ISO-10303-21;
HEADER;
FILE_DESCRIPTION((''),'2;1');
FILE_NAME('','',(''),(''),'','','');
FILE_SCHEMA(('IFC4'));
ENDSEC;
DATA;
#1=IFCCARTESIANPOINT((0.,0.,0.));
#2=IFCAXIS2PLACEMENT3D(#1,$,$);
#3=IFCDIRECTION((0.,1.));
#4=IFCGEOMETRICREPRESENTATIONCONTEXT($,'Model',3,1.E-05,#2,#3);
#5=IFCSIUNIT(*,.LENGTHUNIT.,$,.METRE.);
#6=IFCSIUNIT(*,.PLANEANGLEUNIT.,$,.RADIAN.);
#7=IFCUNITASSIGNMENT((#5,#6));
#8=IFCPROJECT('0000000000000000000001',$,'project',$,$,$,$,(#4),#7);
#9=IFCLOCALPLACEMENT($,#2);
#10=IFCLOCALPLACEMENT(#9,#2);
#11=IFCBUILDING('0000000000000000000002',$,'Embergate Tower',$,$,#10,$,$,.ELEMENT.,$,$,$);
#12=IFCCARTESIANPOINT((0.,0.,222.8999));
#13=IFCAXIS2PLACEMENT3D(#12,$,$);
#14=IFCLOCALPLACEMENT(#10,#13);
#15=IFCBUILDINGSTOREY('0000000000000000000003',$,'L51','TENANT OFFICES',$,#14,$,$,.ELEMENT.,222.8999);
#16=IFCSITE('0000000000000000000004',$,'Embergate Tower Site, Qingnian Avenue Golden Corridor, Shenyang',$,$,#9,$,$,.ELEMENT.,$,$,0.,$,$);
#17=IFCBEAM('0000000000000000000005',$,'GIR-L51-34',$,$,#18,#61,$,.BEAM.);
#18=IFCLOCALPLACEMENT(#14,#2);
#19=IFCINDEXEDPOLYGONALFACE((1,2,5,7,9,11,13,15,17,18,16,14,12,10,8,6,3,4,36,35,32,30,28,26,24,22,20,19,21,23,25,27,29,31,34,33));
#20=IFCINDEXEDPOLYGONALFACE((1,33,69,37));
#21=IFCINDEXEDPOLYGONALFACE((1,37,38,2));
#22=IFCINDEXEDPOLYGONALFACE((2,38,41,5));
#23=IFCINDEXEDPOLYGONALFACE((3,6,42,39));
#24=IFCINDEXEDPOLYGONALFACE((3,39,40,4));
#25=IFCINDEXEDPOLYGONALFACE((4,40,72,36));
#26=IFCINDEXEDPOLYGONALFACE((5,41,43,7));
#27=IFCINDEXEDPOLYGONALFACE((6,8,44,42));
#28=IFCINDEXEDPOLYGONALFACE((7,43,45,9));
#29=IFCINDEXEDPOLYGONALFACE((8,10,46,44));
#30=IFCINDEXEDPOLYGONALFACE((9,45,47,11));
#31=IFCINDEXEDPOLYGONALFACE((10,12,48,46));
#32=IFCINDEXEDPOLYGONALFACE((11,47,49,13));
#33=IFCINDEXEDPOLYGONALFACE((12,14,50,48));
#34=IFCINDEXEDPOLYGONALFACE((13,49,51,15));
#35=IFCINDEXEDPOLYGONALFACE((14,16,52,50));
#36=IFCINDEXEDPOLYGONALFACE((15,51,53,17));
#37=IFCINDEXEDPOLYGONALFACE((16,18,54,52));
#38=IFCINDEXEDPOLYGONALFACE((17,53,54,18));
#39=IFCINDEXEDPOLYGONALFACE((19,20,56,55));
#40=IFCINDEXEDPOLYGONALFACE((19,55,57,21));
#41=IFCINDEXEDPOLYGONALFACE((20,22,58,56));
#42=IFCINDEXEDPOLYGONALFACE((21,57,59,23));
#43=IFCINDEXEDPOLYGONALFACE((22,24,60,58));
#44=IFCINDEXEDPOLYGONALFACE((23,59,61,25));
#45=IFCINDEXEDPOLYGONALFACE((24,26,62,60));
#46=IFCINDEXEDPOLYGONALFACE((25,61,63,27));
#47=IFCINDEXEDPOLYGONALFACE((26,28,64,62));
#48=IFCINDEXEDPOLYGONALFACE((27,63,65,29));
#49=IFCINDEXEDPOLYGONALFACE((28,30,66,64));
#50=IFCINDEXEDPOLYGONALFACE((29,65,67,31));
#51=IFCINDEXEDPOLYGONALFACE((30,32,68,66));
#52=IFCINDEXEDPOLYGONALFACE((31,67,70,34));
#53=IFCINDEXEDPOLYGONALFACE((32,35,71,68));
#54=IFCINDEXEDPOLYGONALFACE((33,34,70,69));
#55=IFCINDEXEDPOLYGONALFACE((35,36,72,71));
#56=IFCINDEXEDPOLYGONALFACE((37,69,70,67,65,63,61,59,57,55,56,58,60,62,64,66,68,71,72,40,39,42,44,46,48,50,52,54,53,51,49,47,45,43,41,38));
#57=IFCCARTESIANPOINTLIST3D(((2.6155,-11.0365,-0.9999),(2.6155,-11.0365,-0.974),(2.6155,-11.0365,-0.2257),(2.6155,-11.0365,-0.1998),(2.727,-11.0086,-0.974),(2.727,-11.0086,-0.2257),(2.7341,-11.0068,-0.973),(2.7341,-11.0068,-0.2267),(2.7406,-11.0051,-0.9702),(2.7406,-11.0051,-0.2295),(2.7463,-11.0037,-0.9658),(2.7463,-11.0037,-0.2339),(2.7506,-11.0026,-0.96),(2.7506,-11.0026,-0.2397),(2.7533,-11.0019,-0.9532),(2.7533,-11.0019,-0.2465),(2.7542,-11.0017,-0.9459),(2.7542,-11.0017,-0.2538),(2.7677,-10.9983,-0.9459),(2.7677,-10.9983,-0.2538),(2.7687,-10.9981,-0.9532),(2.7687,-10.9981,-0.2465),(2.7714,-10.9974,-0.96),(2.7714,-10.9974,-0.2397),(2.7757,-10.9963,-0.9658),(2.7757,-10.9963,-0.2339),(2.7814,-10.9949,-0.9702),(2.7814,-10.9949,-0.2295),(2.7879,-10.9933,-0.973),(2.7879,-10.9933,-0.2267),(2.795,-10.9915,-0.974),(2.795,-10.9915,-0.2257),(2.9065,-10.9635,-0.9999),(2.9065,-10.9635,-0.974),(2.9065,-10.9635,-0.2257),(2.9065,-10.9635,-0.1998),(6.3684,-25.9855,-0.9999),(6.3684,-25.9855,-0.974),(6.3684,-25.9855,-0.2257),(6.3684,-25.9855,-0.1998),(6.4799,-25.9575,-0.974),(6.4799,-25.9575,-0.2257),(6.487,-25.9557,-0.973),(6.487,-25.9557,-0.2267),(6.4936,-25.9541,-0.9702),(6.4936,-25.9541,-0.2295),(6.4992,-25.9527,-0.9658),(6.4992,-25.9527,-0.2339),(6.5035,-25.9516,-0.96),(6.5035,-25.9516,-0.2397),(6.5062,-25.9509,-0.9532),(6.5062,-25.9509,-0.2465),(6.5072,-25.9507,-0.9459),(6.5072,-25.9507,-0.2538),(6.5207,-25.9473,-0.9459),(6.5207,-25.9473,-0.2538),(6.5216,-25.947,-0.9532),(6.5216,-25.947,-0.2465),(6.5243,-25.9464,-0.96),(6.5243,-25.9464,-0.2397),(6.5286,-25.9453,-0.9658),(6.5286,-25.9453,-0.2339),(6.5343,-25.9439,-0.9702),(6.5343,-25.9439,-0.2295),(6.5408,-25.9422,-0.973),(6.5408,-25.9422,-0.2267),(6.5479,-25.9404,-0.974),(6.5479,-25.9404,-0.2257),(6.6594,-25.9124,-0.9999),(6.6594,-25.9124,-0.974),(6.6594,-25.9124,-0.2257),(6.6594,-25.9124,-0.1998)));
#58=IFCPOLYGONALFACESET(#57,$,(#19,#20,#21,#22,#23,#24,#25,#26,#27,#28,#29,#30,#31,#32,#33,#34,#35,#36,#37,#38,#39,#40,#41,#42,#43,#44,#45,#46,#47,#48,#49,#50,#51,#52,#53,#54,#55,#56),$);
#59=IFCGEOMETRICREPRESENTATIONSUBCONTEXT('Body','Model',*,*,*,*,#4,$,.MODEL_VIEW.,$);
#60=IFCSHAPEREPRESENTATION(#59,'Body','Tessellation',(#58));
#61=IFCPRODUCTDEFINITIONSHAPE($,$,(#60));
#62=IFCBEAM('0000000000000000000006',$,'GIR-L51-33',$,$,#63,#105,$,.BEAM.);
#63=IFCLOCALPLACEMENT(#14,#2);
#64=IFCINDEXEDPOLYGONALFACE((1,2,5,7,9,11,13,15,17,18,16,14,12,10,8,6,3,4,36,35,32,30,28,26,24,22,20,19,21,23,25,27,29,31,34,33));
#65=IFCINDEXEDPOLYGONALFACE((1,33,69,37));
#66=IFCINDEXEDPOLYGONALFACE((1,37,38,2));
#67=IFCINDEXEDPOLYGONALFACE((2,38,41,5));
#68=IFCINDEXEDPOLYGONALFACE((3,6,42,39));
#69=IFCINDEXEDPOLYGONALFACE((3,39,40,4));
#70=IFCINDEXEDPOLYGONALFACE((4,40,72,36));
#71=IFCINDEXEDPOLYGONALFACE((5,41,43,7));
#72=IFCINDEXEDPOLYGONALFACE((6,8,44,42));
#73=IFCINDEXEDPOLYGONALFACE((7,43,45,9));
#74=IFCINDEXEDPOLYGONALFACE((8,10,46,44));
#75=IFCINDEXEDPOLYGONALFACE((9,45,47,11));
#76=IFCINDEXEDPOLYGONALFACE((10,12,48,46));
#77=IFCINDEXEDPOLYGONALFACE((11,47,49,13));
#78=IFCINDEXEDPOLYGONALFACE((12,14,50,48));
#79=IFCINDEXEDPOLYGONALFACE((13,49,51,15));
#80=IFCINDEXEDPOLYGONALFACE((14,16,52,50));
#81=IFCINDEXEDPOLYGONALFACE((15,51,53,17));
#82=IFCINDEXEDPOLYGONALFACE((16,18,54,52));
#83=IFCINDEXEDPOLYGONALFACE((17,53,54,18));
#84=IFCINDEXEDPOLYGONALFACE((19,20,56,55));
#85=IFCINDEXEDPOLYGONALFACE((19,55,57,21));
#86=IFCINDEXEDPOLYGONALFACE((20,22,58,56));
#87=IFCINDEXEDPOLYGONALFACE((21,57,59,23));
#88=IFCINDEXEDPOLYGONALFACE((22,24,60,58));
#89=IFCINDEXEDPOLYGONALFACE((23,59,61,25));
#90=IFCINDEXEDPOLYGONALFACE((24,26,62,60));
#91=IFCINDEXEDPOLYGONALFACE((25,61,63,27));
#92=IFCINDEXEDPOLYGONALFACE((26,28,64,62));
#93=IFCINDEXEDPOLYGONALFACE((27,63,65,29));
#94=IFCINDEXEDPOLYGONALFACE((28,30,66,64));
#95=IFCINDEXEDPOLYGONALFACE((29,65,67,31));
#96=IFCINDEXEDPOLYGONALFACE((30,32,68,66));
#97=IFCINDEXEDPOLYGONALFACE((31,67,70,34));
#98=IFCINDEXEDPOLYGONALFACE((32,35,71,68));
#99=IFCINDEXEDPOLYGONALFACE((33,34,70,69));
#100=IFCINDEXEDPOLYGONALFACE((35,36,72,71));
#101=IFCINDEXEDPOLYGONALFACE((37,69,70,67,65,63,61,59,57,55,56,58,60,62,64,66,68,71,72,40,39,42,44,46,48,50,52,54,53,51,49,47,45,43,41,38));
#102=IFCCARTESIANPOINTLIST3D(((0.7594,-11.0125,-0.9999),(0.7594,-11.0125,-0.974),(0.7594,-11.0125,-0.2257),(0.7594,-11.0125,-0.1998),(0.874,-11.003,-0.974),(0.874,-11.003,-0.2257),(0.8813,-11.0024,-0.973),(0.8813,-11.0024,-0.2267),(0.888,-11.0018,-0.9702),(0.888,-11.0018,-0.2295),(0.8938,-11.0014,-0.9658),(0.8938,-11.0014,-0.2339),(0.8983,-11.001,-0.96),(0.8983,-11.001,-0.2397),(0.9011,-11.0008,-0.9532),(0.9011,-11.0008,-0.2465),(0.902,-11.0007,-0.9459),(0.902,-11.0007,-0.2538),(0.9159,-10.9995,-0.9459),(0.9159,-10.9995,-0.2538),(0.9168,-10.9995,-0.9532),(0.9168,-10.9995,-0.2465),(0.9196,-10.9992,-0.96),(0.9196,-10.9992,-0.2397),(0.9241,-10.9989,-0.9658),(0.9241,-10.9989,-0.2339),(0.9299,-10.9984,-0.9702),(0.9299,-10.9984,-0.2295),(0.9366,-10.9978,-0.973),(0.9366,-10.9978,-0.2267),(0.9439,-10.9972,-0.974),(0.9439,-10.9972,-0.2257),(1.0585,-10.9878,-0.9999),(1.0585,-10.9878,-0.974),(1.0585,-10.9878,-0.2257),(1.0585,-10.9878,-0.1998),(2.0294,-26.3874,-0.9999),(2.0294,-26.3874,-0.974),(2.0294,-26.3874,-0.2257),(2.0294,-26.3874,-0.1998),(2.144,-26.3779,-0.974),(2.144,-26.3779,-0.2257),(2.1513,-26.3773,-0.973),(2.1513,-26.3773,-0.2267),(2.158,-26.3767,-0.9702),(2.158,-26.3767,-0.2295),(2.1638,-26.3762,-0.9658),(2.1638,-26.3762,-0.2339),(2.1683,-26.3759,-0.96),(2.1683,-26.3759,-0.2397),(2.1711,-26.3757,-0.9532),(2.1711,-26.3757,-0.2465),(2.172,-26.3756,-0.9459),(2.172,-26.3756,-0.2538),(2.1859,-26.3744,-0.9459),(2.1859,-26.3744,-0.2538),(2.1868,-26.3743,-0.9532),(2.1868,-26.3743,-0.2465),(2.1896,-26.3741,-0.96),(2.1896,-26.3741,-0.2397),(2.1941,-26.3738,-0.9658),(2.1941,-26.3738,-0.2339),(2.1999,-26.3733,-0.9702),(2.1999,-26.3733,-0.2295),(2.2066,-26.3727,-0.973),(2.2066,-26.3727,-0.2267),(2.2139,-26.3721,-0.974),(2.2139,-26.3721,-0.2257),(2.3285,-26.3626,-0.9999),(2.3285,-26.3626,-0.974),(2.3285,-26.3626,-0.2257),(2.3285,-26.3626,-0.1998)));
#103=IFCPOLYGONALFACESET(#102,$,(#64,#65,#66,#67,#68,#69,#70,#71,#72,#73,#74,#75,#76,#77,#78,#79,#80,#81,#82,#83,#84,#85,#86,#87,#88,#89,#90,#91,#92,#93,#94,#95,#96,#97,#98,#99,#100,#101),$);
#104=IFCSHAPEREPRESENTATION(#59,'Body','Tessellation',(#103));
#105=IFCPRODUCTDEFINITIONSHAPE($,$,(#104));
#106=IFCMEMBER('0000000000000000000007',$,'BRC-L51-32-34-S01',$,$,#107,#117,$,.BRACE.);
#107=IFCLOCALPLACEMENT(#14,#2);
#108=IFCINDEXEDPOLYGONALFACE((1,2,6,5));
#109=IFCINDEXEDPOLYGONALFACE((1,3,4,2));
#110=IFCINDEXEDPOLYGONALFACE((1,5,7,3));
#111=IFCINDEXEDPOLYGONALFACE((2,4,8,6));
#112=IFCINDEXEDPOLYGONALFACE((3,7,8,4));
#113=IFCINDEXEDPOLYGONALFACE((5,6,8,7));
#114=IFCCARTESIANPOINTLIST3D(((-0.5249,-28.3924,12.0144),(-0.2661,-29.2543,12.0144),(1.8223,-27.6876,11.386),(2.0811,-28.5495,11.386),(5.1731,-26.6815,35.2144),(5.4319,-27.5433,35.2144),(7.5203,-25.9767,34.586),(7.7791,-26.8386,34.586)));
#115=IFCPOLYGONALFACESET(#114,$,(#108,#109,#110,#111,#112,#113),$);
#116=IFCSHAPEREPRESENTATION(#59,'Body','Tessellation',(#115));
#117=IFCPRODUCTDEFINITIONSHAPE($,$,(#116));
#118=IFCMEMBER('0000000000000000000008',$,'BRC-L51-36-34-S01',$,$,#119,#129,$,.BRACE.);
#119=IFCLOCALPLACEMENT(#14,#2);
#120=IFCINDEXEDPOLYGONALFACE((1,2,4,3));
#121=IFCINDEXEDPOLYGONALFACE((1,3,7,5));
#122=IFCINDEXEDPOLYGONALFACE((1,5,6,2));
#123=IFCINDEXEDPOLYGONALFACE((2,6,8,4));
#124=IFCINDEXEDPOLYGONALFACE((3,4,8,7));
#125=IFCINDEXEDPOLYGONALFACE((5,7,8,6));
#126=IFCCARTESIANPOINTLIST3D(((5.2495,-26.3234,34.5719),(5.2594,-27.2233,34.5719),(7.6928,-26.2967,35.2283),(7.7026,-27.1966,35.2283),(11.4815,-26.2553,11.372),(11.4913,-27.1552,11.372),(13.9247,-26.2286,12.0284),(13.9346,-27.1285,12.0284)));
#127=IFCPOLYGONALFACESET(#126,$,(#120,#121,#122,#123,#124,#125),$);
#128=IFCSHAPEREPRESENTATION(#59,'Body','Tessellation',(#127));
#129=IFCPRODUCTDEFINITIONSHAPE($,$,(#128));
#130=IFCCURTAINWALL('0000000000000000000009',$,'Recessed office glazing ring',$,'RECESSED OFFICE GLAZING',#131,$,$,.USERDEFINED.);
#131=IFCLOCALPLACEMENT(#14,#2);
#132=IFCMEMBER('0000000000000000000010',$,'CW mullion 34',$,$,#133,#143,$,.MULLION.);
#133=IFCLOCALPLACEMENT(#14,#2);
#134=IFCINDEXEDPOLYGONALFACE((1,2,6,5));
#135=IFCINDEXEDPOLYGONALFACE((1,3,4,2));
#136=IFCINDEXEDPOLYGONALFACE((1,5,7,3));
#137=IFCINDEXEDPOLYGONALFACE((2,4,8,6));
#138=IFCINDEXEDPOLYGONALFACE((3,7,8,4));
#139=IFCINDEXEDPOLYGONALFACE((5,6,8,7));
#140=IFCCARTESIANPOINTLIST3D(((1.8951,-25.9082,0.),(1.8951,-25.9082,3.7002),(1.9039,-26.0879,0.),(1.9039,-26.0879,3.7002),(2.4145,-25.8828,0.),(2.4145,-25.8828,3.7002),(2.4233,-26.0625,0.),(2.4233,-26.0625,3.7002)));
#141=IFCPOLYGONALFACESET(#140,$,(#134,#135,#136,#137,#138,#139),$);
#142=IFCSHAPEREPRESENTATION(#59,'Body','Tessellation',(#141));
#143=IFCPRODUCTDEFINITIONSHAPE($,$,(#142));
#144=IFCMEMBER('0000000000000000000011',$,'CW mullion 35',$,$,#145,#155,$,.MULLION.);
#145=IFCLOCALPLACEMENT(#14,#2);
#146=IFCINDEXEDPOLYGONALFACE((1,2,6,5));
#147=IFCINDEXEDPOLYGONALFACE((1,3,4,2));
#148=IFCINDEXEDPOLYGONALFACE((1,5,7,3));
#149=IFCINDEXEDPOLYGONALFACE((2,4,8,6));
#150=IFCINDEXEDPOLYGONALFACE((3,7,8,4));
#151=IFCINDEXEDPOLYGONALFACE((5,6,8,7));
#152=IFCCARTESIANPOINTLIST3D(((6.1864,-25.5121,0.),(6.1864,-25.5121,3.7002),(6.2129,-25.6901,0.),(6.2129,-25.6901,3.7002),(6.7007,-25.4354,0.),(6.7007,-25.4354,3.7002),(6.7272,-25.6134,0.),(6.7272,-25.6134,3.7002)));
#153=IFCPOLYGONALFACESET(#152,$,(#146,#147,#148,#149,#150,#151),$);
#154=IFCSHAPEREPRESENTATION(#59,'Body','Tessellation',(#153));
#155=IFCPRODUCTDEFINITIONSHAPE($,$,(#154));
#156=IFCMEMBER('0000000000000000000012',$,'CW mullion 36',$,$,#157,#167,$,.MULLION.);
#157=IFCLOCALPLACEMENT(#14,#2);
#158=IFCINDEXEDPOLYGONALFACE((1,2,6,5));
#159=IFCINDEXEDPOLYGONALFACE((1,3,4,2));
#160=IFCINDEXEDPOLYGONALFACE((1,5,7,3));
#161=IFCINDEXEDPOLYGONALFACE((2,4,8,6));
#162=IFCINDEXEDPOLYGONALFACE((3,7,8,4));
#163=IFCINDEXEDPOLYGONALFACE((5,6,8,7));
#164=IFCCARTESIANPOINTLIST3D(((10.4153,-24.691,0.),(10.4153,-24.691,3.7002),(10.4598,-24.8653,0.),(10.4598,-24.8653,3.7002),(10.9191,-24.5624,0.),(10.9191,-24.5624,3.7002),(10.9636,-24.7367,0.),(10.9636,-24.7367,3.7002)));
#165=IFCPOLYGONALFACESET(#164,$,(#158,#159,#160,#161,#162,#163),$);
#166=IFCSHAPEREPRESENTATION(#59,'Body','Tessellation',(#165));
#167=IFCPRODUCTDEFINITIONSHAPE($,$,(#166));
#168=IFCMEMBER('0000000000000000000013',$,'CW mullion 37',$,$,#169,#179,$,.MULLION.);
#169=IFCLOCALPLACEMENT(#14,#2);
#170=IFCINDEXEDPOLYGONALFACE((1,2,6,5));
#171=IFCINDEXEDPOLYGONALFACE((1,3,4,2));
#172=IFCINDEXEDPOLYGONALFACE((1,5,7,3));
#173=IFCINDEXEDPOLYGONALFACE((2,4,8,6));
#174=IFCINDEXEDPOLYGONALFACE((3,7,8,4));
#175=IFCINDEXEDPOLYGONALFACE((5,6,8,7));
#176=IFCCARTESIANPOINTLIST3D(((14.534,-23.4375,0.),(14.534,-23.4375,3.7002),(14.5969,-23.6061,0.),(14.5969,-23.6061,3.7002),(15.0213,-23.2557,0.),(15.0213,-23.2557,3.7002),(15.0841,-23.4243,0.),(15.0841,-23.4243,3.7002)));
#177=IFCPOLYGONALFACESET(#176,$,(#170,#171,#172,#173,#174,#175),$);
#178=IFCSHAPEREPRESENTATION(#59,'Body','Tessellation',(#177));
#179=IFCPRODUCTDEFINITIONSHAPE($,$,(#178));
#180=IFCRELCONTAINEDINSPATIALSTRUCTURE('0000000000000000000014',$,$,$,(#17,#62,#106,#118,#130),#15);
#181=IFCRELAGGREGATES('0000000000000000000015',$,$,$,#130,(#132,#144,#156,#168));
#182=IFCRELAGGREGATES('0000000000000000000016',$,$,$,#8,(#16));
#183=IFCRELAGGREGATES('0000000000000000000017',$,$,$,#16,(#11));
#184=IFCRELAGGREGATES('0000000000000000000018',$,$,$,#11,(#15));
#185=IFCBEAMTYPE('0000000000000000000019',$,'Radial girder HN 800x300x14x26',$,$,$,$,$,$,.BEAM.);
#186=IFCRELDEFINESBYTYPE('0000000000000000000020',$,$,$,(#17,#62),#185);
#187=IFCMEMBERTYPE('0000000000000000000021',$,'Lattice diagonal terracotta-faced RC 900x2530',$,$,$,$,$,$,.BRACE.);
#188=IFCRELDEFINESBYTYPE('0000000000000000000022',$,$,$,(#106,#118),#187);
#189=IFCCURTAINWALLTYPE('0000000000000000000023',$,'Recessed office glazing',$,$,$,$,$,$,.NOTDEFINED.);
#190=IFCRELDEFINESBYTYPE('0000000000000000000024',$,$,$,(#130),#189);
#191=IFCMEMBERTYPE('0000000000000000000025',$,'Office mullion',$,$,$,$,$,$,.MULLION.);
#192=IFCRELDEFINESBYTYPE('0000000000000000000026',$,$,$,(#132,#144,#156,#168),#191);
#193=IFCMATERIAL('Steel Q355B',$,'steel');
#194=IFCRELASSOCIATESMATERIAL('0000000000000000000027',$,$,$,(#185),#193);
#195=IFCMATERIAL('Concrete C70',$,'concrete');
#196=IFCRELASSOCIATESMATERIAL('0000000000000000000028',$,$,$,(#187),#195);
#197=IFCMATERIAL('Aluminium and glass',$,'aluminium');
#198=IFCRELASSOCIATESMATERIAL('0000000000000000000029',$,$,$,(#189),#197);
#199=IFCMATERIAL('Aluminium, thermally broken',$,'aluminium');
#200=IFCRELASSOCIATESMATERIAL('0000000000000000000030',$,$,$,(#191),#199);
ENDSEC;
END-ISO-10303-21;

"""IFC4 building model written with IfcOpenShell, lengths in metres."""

from ifc_helpers import new_model, si_unit, direction, frame, origin, origin_2d, place, context, subcontext, project, spatial, rectangle, i_section, extrude, source, transform, mapped, material, material_profile, profile_set, type_object, element, aggregate, save


model = new_model("IFC4")

# Units and contexts
model_context = context("Model", 3, precision=1e-05, world=origin(), true_north=direction((0.0, 1.0)))
body_context = subcontext(model_context, "Body", "Model", "MODEL_VIEW")
ifc_project = project(units=[si_unit("LENGTHUNIT", "METRE"), si_unit("PLANEANGLEUNIT", "RADIAN")], contexts=[model_context])

# Site, building, storey
site_placement = place(None, origin())
site = spatial("IfcSite", under=ifc_project, at=site_placement, Name="Embergate Tower Site, Qingnian Avenue Golden Corridor, Shenyang", CompositionType="ELEMENT", RefElevation=0.0)
building_placement = place(site_placement, origin())
building = spatial("IfcBuilding", under=site, at=building_placement, Name="Embergate Tower", CompositionType="ELEMENT")
storey_placement = place(building_placement, frame((0.0, 0.0, 222.8999)))
storey = spatial("IfcBuildingStorey", under=building, at=storey_placement, Name="L51", Description="TENANT OFFICES", CompositionType="ELEMENT", Elevation=222.8999)

# Beams
ifc_material_1 = material(Name="Steel Q355B", Category="steel")
ifc_material_profile_1 = material_profile(ifc_material_1, i_section(OverallWidth=0.3, OverallDepth=0.8, WebThickness=0.0139, FlangeThickness=0.0259, FilletRadius=0.0281, at=origin_2d()), Name="HN 800x300x14x26")
ifc_profile_set_1 = profile_set([ifc_material_profile_1], Name="Steel Q355 grade B")
beam_type_1 = type_object("IfcBeamType", Name="Radial girder HN 800x300x14x26", PredefinedType="BEAM", material=ifc_profile_set_1)
shared_shape_1 = source(origin(), body_context, "Body", "SweptSolid", [
    extrude(i_section(OverallWidth=0.3, OverallDepth=0.8, WebThickness=0.0139, FlangeThickness=0.0259, FilletRadius=0.0281, at=origin_2d()), origin(), (0.0, 0.0, 1.0), 15.4128),
])
beam_1_placement = place(storey_placement, frame((6.5139, -25.949, -0.5999), z_axis=(-0.243493, 0.969903, 0.0), x_axis=(-0.969903, -0.243493, 0.0)))
element("IfcBeam", 1, at=beam_1_placement, inside=storey, type_object=beam_type_1, Name="GIR-L51-34", PredefinedType="BEAM", context=body_context, shape_type="MappedRepresentation", body=[
    mapped(shared_shape_1, transform((0.0, 0.0, 0.0))),
])
shared_shape_2 = source(origin(), body_context, "Body", "SweptSolid", [
    extrude(i_section(OverallWidth=0.3, OverallDepth=0.8, WebThickness=0.0139, FlangeThickness=0.0259, FilletRadius=0.0281, at=origin_2d()), origin(), (0.0, 0.0, 1.0), 15.4272),
])
beam_2_placement = place(storey_placement, frame((2.179, -26.375, -0.5999), z_axis=(-0.082323, 0.996606, 0.0), x_axis=(-0.996606, -0.082323, 0.0)))
element("IfcBeam", 2, at=beam_2_placement, inside=storey, type_object=beam_type_1, Name="GIR-L51-33", PredefinedType="BEAM", context=body_context, shape_type="MappedRepresentation", body=[
    mapped(shared_shape_2, transform((0.0, 0.0, 0.0))),
])

# Members
ifc_material_2 = material(Name="Concrete C70", Category="concrete")
ifc_material_profile_2 = material_profile(ifc_material_2, rectangle(XDim=0.8999, YDim=2.53, at=origin_2d()), Name="RC 900x2530")
ifc_profile_set_2 = profile_set([ifc_material_profile_2], Name="Concrete C70")
member_type_1 = type_object("IfcMemberType", Name="Lattice diagonal terracotta-faced RC 900x2530", PredefinedType="BRACE", material=ifc_profile_set_2)
shared_shape_3 = source(origin(), body_context, "Body", "SweptSolid", [
    extrude(rectangle(XDim=0.8999, YDim=2.53, at=origin_2d()), origin(), (0.0, 0.0, 1.0), 23.9507),
])
member_1_placement = place(storey_placement, frame((0.7781, -28.4709, 11.7002), z_axis=(0.237906, 0.071436, 0.968658), x_axis=(-0.287585, 0.957755, 0.0)))
element("IfcMember", 3, at=member_1_placement, inside=storey, type_object=member_type_1, Name="BRC-L51-32-34-S01", PredefinedType="BRACE", context=body_context, shape_type="MappedRepresentation", body=[
    mapped(shared_shape_3, transform((0.0, 0.0, 0.0))),
])
shared_shape_4 = source(origin(), body_context, "Body", "SweptSolid", [
    extrude(rectangle(XDim=0.8999, YDim=2.53, at=origin_2d()), origin(), (0.0, 0.0, 1.0), 24.0225),
])
member_2_placement = place(storey_placement, frame((12.708, -26.6919, 11.7002), z_axis=(-0.259421, -0.002835, 0.96576), x_axis=(0.010929, -0.99994, 0.0)))
element("IfcMember", 4, at=member_2_placement, inside=storey, type_object=member_type_1, Name="BRC-L51-36-34-S01", PredefinedType="BRACE", context=body_context, shape_type="MappedRepresentation", body=[
    mapped(shared_shape_4, transform((0.0, 0.0, 0.0))),
])

# Curtain wall, members
ifc_material_3 = material(Name="Aluminium and glass", Category="aluminium")
curtain_wall_type = type_object("IfcCurtainWallType", Name="Recessed office glazing", PredefinedType="NOTDEFINED", material=ifc_material_3)
curtain_wall_placement = place(storey_placement, origin())
curtain_wall = element("IfcCurtainWall", 5, at=curtain_wall_placement, inside=storey, type_object=curtain_wall_type, Name="Recessed office glazing ring", ObjectType="RECESSED OFFICE GLAZING", PredefinedType="USERDEFINED")
ifc_material_4 = material(Name="Aluminium, thermally broken", Category="aluminium")
ifc_material_profile_3 = material_profile(ifc_material_4, rectangle(XDim=0.1799, YDim=0.52, at=origin_2d()), Name="AL 520x180")
ifc_profile_set_3 = profile_set([ifc_material_profile_3], Name="Aluminium, thermally broken")
member_type_2 = type_object("IfcMemberType", Name="Office mullion", PredefinedType="MULLION", material=ifc_profile_set_3)
shared_shape_5 = source(origin(), body_context, "Body", "SweptSolid", [
    extrude(rectangle(XDim=0.1799, YDim=0.52, at=origin_2d()), origin(), (0.0, 0.0, 1.0), 3.7002),
])
member_3_placement = place(storey_placement, frame((2.1592, -25.9854, 0.0), z_axis=(0.0, 0.0, 1.0), x_axis=(-0.048972, 0.9988, 0.0)))
member_3 = element("IfcMember", 6, at=member_3_placement, type_object=member_type_2, Name="CW mullion 34", PredefinedType="MULLION", context=body_context, shape_type="MappedRepresentation", body=[
    mapped(shared_shape_5, transform((0.0, 0.0, 0.0))),
])
member_4_placement = place(storey_placement, frame((6.4568, -25.5627, 0.0), z_axis=(0.0, 0.0, 1.0), x_axis=(-0.147414, 0.989075, 0.0)))
member_4 = element("IfcMember", 7, at=member_4_placement, type_object=member_type_2, Name="CW mullion 35", PredefinedType="MULLION", context=body_context, shape_type="MappedRepresentation", body=[
    mapped(shared_shape_5, transform((0.0, 0.0, 0.0))),
])
member_5_placement = place(storey_placement, frame((10.6895, -24.7139, 0.0), z_axis=(0.0, 0.0, 1.0), x_axis=(-0.247314, 0.968935, 0.0)))
member_5 = element("IfcMember", 8, at=member_5_placement, type_object=member_type_2, Name="CW mullion 36", PredefinedType="MULLION", context=body_context, shape_type="MappedRepresentation", body=[
    mapped(shared_shape_5, transform((0.0, 0.0, 0.0))),
])
member_6_placement = place(storey_placement, frame((14.8091, -23.4309, 0.0), z_axis=(0.0, 0.0, 1.0), x_axis=(-0.349504, 0.936935, 0.0)))
member_6 = element("IfcMember", 9, at=member_6_placement, type_object=member_type_2, Name="CW mullion 37", PredefinedType="MULLION", context=body_context, shape_type="MappedRepresentation", body=[
    mapped(shared_shape_5, transform((0.0, 0.0, 0.0))),
])
aggregate(curtain_wall, [member_3, member_4, member_5, member_6])

save(model, "model.ifc")
